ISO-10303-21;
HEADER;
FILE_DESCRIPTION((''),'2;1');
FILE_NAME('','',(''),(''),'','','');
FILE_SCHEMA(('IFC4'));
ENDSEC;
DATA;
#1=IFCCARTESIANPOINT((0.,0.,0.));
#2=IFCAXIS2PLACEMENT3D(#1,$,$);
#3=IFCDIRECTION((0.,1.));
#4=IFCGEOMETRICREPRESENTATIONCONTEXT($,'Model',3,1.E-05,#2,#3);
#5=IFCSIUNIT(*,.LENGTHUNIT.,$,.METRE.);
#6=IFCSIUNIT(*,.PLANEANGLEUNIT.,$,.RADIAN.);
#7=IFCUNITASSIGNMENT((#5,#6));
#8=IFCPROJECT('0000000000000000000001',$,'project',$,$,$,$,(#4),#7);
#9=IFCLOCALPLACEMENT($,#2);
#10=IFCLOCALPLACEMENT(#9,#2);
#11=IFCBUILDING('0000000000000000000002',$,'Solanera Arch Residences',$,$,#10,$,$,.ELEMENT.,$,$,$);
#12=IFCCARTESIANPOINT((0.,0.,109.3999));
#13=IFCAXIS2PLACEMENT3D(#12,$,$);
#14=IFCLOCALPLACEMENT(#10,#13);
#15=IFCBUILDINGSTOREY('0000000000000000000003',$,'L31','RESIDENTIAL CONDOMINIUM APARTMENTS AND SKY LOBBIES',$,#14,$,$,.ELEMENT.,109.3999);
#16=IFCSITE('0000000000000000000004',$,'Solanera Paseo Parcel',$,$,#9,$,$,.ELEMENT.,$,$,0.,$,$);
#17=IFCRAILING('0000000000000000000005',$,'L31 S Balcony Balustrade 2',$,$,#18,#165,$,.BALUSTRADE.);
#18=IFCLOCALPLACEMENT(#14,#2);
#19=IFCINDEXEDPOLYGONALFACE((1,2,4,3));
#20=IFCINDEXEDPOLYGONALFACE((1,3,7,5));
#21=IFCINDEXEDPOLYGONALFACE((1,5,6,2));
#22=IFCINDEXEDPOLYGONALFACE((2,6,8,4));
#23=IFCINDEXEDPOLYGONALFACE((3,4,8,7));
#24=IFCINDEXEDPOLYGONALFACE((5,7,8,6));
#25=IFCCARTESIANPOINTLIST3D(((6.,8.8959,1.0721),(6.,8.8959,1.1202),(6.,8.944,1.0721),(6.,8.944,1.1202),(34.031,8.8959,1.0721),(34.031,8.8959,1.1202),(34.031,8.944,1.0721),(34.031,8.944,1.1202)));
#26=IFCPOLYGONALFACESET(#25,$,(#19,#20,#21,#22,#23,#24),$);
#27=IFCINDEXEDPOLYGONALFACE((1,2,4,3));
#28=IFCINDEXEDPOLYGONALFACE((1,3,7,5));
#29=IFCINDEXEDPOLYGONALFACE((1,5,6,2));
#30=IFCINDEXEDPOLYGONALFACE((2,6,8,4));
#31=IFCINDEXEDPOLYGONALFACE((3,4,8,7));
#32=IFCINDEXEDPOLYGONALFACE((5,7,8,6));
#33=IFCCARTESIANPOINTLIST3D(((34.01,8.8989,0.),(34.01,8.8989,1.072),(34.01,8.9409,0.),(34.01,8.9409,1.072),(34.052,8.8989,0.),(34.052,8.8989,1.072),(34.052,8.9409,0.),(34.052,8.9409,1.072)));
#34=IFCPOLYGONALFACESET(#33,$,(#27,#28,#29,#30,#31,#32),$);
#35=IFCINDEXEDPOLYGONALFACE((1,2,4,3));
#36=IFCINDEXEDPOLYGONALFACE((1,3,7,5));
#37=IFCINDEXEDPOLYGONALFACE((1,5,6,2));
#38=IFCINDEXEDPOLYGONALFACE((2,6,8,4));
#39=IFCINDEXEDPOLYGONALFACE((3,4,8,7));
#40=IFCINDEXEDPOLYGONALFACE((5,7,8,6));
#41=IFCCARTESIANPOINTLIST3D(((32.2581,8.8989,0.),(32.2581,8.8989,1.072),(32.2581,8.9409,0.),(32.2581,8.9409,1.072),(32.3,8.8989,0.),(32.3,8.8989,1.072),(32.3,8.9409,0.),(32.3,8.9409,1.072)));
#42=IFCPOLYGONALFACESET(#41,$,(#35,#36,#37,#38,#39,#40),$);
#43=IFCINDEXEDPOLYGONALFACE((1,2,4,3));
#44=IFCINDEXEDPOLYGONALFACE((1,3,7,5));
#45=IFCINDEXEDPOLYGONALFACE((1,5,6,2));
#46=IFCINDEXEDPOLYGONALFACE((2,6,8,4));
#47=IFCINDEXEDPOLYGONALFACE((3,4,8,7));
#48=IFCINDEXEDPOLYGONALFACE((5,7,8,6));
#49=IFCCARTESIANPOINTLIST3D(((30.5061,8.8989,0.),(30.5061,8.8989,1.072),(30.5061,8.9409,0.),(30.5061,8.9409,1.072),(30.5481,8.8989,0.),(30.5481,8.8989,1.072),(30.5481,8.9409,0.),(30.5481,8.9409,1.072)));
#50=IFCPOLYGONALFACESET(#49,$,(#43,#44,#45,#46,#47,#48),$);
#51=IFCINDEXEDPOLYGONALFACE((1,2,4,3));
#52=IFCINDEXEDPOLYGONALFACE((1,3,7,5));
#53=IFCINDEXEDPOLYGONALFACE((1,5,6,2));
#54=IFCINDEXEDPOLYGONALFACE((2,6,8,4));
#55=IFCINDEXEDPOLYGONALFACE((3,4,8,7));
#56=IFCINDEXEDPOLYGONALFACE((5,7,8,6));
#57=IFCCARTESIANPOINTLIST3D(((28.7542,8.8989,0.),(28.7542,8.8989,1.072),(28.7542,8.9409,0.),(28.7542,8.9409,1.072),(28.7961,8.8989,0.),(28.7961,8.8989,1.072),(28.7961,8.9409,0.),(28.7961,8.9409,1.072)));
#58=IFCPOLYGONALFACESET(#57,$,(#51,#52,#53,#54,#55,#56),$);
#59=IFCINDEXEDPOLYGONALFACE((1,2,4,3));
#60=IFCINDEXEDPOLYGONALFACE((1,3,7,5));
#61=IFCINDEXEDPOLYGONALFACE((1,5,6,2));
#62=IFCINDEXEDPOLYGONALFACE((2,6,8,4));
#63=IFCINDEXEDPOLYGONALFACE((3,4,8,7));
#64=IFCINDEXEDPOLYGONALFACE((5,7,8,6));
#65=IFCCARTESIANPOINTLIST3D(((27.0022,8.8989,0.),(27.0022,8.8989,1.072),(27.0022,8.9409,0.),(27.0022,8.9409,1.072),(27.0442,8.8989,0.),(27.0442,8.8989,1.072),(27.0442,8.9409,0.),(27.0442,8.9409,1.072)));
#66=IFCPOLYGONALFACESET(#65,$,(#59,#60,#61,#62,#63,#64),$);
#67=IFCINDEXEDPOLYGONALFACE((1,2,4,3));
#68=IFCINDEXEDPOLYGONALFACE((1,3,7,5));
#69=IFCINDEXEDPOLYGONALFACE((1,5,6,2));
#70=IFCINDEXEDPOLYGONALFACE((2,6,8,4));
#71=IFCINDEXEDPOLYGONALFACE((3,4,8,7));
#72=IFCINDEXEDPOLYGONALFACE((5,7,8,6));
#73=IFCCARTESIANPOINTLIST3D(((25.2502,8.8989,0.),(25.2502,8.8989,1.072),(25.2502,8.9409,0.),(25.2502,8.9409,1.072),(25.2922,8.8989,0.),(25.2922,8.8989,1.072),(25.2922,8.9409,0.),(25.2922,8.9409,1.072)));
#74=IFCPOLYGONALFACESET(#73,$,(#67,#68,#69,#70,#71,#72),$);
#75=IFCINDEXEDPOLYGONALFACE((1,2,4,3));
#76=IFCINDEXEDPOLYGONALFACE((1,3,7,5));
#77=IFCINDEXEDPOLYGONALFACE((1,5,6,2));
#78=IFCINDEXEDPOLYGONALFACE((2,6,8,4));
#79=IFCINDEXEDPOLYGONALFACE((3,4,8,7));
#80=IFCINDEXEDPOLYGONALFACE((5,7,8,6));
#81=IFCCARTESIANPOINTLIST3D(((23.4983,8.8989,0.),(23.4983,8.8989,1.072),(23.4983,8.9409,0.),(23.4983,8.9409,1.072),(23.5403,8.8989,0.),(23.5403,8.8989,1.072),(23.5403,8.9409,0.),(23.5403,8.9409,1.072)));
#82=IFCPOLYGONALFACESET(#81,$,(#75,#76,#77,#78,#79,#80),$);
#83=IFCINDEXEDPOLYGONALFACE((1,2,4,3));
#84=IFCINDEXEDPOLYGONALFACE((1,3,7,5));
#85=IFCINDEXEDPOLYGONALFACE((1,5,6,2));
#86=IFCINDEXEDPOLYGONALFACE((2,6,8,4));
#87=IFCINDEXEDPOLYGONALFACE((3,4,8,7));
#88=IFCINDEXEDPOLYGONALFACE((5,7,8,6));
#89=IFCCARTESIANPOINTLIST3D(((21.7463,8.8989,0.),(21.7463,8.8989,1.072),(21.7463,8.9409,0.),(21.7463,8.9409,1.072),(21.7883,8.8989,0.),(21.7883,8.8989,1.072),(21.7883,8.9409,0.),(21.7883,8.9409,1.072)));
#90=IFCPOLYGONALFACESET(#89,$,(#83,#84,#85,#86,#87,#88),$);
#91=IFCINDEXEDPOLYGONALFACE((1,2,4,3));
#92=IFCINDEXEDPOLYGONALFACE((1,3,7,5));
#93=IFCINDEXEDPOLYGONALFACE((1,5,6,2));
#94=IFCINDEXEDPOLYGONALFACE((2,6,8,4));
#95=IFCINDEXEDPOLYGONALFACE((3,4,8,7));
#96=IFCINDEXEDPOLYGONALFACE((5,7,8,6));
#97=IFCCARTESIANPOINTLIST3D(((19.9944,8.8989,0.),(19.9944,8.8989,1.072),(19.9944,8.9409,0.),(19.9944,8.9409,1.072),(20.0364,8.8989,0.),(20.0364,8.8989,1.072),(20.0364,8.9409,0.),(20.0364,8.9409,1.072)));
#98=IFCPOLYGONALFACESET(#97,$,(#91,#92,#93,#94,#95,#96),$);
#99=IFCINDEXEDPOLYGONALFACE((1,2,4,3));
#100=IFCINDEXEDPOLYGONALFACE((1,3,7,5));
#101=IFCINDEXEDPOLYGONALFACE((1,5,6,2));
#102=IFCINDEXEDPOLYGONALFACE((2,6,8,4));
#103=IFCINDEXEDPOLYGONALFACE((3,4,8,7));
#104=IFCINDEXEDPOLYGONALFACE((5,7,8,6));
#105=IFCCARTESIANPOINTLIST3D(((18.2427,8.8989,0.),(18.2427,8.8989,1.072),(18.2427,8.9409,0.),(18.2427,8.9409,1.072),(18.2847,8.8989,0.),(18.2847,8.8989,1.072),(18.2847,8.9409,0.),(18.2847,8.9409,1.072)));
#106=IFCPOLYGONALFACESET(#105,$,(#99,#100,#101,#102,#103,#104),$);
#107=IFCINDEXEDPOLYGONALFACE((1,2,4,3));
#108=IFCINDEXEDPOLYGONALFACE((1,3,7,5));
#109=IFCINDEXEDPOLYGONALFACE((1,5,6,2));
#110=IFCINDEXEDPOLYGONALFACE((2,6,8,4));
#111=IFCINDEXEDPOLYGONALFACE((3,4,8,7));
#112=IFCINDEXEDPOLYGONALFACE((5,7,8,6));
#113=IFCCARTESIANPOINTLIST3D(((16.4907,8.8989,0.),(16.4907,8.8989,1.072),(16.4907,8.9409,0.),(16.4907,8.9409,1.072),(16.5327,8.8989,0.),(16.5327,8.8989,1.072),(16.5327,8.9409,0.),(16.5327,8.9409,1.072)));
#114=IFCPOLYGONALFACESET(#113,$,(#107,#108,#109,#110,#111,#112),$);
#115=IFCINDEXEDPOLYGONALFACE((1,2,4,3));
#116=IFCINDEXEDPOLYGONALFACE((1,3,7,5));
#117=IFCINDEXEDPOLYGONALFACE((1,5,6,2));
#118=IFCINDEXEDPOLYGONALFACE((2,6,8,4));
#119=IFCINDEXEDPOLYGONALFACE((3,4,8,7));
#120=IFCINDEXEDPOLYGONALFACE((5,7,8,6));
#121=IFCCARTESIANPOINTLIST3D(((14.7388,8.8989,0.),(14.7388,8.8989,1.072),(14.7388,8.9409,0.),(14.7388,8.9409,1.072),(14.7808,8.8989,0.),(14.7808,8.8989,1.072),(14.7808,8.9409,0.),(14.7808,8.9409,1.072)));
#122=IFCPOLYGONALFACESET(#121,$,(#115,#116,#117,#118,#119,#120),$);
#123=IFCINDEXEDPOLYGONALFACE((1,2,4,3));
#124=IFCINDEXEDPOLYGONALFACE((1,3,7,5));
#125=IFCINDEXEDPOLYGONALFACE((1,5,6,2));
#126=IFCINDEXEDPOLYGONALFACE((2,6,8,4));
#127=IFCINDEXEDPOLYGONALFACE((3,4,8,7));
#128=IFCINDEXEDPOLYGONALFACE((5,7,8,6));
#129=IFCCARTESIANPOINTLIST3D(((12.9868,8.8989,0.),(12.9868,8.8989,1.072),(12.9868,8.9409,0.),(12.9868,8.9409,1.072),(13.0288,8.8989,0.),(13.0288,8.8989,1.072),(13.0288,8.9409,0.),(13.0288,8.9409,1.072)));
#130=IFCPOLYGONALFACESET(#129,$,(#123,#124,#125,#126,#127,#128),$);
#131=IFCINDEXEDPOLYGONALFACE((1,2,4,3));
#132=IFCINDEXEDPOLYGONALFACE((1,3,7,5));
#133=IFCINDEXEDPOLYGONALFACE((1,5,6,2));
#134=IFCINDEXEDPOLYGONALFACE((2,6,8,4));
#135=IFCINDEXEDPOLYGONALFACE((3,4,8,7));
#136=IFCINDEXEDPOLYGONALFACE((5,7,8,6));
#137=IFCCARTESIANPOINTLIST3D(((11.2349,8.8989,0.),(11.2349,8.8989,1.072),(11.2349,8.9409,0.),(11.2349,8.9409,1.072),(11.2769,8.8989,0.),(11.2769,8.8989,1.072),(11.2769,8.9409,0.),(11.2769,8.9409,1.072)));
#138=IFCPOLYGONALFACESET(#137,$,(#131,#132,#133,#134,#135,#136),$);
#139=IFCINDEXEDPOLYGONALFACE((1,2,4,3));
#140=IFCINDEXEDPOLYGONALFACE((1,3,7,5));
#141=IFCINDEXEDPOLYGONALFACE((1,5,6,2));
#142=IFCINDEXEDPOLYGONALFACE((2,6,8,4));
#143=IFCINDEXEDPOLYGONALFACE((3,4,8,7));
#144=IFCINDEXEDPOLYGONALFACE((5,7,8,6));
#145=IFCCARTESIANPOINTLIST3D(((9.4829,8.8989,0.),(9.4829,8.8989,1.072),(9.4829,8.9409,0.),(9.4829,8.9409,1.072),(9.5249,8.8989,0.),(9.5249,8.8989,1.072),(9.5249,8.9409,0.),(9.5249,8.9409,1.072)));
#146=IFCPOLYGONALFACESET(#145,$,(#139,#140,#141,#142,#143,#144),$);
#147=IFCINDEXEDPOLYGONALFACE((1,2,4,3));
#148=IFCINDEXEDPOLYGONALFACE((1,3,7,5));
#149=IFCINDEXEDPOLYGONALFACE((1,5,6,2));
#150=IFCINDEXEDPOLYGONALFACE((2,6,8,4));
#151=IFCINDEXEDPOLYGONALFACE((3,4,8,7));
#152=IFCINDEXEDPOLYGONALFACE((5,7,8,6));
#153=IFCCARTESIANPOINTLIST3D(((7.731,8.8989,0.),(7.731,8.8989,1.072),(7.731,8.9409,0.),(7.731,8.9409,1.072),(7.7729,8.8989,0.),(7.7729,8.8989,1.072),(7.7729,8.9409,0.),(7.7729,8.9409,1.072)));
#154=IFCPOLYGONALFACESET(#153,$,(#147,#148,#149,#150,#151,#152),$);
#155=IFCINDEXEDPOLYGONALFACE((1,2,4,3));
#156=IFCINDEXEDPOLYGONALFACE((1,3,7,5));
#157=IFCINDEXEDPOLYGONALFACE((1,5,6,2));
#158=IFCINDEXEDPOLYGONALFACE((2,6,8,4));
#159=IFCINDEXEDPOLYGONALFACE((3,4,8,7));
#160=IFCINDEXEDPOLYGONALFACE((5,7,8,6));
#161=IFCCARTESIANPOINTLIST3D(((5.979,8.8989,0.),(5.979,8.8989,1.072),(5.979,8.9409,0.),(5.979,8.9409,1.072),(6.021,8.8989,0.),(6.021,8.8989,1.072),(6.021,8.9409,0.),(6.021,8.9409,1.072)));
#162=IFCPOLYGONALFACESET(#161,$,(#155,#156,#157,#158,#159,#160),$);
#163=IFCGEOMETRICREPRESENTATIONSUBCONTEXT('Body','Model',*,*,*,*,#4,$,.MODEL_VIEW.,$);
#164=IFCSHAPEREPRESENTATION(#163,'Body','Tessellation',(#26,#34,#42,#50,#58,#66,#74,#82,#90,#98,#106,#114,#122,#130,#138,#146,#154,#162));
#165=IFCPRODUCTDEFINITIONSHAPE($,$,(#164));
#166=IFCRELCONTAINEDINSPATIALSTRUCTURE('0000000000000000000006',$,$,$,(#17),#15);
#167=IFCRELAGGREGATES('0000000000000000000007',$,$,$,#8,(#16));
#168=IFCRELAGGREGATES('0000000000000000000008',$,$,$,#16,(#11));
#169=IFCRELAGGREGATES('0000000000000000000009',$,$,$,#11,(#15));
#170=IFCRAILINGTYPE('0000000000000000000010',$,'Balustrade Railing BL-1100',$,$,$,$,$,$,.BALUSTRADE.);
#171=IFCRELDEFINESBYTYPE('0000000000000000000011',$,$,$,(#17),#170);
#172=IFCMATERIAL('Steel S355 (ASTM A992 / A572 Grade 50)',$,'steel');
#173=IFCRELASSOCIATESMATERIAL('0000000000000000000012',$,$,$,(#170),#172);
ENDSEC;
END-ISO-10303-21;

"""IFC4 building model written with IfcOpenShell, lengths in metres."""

from ifc_helpers import new_model, si_unit, direction, frame, origin, origin_2d, place, context, subcontext, project, spatial, rectangle, extrude, material, type_object, element, save


model = new_model("IFC4")

# Units and contexts
model_context = context("Model", 3, precision=1e-05, world=origin(), true_north=direction((0.0, 1.0)))
body_context = subcontext(model_context, "Body", "Model", "MODEL_VIEW")
ifc_project = project(units=[si_unit("LENGTHUNIT", "METRE"), si_unit("PLANEANGLEUNIT", "RADIAN")], contexts=[model_context])

# Site, building, storey
site_placement = place(None, origin())
site = spatial("IfcSite", under=ifc_project, at=site_placement, Name="Solanera Paseo Parcel", CompositionType="ELEMENT", RefElevation=0.0)
building_placement = place(site_placement, origin())
building = spatial("IfcBuilding", under=site, at=building_placement, Name="Solanera Arch Residences", CompositionType="ELEMENT")
storey_placement = place(building_placement, frame((0.0, 0.0, 109.3999)))
storey = spatial("IfcBuildingStorey", under=building, at=storey_placement, Name="L31", Description="RESIDENTIAL CONDOMINIUM APARTMENTS AND SKY LOBBIES", CompositionType="ELEMENT", Elevation=109.3999)

# Railing
ifc_material_1 = material(Name="Steel S355 (ASTM A992 / A572 Grade 50)", Category="steel")
railing_type = type_object("IfcRailingType", Name="Balustrade Railing BL-1100", PredefinedType="BALUSTRADE", material=ifc_material_1)
railing_1_placement = place(storey_placement, frame((34.031, 8.9199, 0.0)))
element("IfcRailing", 1, at=railing_1_placement, inside=storey, type_object=railing_type, Name="L31 S Balcony Balustrade 2", PredefinedType="BALUSTRADE", context=body_context, shape_type="SweptSolid", body=[
    extrude(rectangle(XDim=0.0481, YDim=0.0481, at=origin_2d()), frame((0.0, 0.0, 1.0962), z_axis=(-1.0, 0.0, 0.0), x_axis=(0.0, -1.0, 0.0)), (0.0, 0.0, 1.0), 28.031),
    extrude(rectangle(XDim=0.042, YDim=0.042, at=origin_2d()), origin(), (0.0, 0.0, 1.0), 1.072),
    extrude(rectangle(XDim=0.042, YDim=0.042, at=origin_2d()), frame((-1.752, 0.0, 0.0)), (0.0, 0.0, 1.0), 1.072),
    extrude(rectangle(XDim=0.042, YDim=0.042, at=origin_2d()), frame((-3.5039, 0.0, 0.0)), (0.0, 0.0, 1.0), 1.072),
    extrude(rectangle(XDim=0.042, YDim=0.042, at=origin_2d()), frame((-5.2559, 0.0, 0.0)), (0.0, 0.0, 1.0), 1.072),
    extrude(rectangle(XDim=0.042, YDim=0.042, at=origin_2d()), frame((-7.0078, 0.0, 0.0)), (0.0, 0.0, 1.0), 1.072),
    extrude(rectangle(XDim=0.042, YDim=0.042, at=origin_2d()), frame((-8.7598, 0.0, 0.0)), (0.0, 0.0, 1.0), 1.072),
    extrude(rectangle(XDim=0.042, YDim=0.042, at=origin_2d()), frame((-10.5117, 0.0, 0.0)), (0.0, 0.0, 1.0), 1.072),
    extrude(rectangle(XDim=0.042, YDim=0.042, at=origin_2d()), frame((-12.2637, 0.0, 0.0)), (0.0, 0.0, 1.0), 1.072),
    extrude(rectangle(XDim=0.042, YDim=0.042, at=origin_2d()), frame((-14.0156, 0.0, 0.0)), (0.0, 0.0, 1.0), 1.072),
    extrude(rectangle(XDim=0.042, YDim=0.042, at=origin_2d()), frame((-15.7673, 0.0, 0.0)), (0.0, 0.0, 1.0), 1.072),
    extrude(rectangle(XDim=0.042, YDim=0.042, at=origin_2d()), frame((-17.5193, 0.0, 0.0)), (0.0, 0.0, 1.0), 1.072),
    extrude(rectangle(XDim=0.042, YDim=0.042, at=origin_2d()), frame((-19.2712, 0.0, 0.0)), (0.0, 0.0, 1.0), 1.072),
    extrude(rectangle(XDim=0.042, YDim=0.042, at=origin_2d()), frame((-21.0232, 0.0, 0.0)), (0.0, 0.0, 1.0), 1.072),
    extrude(rectangle(XDim=0.042, YDim=0.042, at=origin_2d()), frame((-22.7751, 0.0, 0.0)), (0.0, 0.0, 1.0), 1.072),
    extrude(rectangle(XDim=0.042, YDim=0.042, at=origin_2d()), frame((-24.5271, 0.0, 0.0)), (0.0, 0.0, 1.0), 1.072),
    extrude(rectangle(XDim=0.042, YDim=0.042, at=origin_2d()), frame((-26.2791, 0.0, 0.0)), (0.0, 0.0, 1.0), 1.072),
    extrude(rectangle(XDim=0.042, YDim=0.042, at=origin_2d()), frame((-28.031, 0.0, 0.0)), (0.0, 0.0, 1.0), 1.072),
])

save(model, "model.ifc")
